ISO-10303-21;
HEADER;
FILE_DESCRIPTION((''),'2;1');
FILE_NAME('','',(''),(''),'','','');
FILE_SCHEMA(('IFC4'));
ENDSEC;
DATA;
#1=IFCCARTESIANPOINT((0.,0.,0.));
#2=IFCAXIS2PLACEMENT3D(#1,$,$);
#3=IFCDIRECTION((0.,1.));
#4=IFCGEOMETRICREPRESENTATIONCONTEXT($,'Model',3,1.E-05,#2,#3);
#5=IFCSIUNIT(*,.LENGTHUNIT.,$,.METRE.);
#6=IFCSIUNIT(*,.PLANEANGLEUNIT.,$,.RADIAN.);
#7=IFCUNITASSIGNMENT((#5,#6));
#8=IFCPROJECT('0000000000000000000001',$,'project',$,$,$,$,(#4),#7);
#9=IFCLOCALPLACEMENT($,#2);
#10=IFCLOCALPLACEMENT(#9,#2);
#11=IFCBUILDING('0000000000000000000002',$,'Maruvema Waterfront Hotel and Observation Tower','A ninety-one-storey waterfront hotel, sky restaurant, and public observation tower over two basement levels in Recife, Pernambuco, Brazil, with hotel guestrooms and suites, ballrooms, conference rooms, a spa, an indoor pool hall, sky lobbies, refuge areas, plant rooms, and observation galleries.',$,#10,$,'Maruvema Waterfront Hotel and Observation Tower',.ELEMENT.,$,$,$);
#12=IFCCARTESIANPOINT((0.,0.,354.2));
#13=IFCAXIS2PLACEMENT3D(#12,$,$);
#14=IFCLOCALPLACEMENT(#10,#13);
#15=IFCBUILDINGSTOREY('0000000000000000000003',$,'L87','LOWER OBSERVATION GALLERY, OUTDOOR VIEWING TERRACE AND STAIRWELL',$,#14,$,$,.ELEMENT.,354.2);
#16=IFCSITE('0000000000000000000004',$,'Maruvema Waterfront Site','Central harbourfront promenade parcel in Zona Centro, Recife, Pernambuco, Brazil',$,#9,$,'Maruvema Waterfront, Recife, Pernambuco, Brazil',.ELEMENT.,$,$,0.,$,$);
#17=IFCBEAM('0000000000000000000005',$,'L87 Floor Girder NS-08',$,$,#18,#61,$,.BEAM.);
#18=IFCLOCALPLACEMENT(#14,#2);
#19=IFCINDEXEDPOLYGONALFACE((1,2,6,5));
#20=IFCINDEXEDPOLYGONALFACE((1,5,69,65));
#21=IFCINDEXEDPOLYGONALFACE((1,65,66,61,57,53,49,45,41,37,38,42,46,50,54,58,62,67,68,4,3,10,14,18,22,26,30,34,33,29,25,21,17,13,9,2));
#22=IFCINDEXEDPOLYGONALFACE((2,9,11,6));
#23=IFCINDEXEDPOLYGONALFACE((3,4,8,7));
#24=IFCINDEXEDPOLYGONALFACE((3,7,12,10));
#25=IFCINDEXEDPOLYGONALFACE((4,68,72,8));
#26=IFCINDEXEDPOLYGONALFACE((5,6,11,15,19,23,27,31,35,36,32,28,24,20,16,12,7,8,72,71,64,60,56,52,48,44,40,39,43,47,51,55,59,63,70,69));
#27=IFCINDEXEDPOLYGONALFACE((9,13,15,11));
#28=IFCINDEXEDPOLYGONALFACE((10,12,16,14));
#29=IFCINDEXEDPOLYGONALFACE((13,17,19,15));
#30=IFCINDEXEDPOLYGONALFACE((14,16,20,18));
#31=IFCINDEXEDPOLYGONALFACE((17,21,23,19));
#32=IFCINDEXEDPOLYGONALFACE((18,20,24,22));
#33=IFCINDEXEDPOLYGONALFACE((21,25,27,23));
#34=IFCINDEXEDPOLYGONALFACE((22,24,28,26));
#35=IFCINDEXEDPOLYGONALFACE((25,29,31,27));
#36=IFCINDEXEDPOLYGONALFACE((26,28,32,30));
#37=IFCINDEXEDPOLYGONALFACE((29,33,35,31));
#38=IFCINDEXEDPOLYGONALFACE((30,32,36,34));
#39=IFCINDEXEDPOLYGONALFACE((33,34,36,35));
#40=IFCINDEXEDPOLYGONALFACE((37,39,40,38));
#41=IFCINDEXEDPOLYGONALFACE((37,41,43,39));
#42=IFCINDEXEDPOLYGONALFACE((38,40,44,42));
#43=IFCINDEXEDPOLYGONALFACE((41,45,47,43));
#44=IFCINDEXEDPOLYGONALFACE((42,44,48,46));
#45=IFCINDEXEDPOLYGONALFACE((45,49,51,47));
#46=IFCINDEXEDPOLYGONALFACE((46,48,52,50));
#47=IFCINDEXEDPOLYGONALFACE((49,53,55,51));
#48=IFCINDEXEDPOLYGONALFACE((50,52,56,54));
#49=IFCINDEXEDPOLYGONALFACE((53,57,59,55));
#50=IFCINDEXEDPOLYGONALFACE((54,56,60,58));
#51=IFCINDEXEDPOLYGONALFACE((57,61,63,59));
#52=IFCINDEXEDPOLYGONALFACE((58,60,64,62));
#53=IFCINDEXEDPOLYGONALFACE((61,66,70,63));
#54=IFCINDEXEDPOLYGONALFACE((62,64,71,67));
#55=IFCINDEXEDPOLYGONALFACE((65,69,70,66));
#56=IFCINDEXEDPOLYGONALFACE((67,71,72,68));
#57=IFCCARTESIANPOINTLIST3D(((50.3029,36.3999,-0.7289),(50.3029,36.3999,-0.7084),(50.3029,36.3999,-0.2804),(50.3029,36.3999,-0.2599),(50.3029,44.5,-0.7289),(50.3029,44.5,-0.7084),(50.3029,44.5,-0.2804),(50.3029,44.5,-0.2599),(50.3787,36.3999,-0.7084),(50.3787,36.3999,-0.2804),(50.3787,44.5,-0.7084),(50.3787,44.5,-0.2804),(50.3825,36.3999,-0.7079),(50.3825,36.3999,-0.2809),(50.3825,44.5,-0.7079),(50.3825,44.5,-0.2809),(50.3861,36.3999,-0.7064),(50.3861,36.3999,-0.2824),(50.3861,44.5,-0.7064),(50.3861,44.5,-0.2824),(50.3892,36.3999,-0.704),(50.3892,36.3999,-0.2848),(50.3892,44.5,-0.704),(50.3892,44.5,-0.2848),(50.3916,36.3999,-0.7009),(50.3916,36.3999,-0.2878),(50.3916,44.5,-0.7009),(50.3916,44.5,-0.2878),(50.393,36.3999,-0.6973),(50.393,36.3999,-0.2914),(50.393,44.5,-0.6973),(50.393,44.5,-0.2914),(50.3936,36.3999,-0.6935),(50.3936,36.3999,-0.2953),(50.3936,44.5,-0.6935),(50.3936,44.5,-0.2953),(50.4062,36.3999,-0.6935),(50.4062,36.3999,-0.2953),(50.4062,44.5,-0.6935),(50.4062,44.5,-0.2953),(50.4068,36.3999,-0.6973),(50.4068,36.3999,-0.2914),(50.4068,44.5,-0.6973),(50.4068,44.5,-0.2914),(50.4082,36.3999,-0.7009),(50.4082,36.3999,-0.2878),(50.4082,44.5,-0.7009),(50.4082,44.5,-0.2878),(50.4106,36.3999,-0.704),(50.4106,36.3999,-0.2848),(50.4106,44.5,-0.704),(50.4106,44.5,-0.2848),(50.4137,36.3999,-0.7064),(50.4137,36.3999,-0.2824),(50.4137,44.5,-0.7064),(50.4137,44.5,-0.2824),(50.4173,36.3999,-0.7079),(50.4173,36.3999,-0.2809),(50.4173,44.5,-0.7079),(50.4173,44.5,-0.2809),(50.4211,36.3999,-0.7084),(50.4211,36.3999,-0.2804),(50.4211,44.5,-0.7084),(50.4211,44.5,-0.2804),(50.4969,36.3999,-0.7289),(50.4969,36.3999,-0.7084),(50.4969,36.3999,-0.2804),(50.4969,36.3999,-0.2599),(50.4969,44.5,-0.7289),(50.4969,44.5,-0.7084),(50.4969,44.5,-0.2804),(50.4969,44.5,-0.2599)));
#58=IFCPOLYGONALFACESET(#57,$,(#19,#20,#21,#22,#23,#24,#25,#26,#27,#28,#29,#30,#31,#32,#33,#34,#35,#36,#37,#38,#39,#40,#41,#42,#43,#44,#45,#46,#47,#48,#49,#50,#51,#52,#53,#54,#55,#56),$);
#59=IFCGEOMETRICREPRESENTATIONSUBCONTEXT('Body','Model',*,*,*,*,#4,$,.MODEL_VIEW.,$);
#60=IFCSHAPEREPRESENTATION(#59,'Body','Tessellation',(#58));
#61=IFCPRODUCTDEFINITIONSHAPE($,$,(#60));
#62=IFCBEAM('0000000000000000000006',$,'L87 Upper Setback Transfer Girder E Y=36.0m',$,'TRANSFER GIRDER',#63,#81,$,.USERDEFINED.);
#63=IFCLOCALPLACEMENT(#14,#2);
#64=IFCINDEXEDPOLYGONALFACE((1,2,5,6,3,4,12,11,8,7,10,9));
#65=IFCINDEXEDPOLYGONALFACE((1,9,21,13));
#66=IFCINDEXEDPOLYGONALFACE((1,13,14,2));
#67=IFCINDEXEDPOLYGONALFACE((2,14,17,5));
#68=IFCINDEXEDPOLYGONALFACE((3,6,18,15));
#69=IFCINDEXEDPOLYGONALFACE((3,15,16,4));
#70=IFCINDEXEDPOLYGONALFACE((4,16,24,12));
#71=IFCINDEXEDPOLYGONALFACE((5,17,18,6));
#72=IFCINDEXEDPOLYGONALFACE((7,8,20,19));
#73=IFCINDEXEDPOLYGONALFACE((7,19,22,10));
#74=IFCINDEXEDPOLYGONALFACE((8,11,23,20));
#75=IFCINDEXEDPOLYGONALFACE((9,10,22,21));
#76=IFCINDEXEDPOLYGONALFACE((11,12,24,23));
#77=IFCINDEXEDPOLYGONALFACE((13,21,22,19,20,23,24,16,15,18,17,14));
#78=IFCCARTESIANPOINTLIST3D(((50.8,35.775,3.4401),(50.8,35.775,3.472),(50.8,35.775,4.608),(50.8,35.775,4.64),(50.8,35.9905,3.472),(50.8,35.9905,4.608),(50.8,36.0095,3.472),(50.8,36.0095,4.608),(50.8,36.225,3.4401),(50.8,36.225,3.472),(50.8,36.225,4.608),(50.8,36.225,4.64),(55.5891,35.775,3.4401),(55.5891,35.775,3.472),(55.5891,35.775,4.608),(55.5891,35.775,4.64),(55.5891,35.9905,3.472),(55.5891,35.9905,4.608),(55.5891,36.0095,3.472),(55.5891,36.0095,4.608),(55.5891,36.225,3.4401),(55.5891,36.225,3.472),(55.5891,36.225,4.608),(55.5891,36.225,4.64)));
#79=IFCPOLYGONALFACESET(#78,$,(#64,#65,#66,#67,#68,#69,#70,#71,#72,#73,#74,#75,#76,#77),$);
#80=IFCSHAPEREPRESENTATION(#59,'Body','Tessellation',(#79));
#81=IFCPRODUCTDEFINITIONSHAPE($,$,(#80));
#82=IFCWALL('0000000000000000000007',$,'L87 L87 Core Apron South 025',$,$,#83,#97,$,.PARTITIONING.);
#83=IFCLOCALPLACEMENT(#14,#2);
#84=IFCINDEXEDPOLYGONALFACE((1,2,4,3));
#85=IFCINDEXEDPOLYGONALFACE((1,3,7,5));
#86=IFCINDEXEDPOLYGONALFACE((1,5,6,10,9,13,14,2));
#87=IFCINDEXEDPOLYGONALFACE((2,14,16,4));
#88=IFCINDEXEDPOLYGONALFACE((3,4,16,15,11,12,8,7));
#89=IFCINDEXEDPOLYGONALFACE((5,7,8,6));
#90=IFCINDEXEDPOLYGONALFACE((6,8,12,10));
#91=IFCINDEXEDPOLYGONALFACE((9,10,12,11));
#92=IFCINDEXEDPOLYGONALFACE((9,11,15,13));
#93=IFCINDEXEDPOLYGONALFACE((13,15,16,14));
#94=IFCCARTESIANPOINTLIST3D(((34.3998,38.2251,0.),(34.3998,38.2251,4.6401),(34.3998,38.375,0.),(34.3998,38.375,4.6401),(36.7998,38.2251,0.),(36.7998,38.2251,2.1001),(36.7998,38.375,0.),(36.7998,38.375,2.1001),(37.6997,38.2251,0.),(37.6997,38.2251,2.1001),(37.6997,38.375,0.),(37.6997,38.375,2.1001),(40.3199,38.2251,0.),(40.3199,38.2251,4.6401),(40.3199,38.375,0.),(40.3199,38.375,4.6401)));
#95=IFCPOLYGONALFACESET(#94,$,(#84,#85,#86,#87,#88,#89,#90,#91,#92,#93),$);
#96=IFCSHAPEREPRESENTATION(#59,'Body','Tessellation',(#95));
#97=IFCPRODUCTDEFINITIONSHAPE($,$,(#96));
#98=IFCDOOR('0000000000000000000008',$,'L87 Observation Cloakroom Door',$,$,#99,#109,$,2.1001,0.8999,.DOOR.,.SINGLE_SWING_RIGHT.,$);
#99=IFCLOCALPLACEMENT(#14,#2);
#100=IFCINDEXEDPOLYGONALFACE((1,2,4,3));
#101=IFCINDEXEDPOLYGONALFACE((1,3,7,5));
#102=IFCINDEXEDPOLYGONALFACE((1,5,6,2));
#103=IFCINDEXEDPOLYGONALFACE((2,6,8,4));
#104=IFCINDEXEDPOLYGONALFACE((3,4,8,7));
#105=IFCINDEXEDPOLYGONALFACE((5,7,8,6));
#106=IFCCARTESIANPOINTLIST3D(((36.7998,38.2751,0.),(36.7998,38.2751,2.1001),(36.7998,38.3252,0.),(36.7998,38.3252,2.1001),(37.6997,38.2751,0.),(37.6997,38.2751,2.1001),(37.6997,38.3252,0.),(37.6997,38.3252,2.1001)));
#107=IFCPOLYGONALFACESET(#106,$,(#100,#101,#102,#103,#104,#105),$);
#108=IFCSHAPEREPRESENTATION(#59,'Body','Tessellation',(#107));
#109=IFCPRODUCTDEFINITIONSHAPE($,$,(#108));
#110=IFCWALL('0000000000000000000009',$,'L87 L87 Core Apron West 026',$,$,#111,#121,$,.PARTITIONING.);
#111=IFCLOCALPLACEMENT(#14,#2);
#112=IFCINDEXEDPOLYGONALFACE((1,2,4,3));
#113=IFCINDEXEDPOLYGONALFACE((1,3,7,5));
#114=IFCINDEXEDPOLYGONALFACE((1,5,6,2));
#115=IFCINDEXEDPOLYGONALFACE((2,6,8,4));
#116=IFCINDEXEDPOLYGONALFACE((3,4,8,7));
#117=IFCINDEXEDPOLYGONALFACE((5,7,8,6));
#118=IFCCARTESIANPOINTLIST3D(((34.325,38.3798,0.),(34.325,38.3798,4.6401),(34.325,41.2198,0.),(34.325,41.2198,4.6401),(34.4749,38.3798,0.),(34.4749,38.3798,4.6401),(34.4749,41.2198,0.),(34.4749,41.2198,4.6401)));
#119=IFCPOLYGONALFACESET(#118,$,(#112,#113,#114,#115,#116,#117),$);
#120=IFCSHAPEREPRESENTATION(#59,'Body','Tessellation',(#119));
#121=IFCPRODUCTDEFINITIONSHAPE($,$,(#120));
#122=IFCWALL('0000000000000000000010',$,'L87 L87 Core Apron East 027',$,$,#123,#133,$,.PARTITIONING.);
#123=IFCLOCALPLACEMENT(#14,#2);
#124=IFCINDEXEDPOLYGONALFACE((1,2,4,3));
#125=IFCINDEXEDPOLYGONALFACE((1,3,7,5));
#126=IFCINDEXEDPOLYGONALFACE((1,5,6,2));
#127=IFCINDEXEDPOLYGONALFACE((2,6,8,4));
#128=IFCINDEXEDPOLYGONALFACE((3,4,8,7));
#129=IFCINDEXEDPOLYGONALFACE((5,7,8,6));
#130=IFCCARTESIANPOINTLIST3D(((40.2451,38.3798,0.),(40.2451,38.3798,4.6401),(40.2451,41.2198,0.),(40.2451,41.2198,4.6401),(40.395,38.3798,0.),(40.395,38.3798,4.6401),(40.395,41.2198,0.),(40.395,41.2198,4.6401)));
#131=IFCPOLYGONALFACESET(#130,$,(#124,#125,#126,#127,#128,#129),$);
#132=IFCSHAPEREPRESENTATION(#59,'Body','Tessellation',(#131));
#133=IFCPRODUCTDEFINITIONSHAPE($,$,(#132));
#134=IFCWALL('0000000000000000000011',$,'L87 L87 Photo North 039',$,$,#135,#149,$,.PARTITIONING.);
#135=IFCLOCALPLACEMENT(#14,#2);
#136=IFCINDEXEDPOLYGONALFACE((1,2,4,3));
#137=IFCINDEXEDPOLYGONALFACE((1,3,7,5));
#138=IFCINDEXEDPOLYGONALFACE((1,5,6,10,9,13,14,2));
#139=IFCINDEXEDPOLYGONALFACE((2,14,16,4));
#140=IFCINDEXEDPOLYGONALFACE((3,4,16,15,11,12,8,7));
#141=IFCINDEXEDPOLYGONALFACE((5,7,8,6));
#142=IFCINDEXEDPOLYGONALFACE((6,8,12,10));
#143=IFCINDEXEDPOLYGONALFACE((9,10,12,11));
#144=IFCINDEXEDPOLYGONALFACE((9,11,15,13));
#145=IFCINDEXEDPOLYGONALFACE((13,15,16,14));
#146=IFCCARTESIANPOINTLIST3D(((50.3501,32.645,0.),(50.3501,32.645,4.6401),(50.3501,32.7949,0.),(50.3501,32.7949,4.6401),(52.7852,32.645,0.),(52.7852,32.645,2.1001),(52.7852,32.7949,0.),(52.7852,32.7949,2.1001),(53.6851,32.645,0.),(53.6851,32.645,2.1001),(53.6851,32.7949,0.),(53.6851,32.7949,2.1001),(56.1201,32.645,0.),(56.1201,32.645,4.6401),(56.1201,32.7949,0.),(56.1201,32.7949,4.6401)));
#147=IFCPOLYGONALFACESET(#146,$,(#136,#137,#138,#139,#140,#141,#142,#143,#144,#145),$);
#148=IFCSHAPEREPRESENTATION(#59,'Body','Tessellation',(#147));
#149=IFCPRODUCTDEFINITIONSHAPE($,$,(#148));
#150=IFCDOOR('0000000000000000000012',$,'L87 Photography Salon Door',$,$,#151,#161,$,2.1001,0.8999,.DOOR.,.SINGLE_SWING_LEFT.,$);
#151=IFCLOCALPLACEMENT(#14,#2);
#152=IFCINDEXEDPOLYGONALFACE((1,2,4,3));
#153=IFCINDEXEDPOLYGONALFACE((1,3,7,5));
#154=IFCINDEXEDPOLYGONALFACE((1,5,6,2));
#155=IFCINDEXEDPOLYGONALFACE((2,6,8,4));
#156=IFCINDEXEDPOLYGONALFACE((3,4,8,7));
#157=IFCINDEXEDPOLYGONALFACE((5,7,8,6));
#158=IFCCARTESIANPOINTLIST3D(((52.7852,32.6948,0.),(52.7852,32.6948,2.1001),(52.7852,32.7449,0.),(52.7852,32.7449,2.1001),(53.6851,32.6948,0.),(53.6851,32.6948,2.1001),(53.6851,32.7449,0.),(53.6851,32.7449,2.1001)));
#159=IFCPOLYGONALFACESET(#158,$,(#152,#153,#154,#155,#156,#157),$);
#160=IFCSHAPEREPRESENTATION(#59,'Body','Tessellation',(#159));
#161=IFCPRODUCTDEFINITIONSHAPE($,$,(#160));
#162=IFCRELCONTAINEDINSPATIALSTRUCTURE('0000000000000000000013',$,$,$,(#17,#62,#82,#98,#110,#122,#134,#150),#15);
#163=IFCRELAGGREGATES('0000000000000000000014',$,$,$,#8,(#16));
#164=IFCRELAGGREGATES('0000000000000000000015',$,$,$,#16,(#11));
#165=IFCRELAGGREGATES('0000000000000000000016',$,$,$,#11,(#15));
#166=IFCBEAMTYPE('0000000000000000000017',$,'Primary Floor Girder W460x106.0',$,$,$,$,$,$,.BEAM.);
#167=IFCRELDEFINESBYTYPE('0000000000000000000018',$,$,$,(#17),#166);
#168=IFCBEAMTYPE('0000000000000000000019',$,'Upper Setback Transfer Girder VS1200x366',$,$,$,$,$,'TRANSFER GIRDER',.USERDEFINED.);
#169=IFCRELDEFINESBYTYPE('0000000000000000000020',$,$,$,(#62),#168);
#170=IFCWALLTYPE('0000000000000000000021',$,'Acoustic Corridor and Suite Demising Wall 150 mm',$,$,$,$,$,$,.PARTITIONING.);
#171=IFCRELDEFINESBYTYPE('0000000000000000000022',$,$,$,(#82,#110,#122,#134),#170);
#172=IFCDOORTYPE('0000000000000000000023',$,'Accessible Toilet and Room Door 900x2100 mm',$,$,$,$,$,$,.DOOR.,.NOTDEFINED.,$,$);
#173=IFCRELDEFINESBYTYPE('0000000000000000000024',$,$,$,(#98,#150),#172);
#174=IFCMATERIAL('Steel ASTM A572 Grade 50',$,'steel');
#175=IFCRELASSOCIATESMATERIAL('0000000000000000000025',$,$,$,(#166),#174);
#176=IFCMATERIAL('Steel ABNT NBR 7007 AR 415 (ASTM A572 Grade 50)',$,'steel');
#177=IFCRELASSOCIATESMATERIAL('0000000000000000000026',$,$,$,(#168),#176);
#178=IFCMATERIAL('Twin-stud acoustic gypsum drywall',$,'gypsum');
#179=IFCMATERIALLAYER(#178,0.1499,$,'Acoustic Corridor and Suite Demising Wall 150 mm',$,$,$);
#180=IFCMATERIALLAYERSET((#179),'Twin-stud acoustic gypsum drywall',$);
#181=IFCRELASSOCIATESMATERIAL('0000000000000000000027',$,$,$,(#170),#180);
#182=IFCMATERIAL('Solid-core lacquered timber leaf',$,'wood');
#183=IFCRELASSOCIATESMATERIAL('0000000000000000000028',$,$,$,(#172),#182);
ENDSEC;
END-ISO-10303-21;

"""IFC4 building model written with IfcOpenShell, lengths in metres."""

from ifc_helpers import new_model, si_unit, direction, frame, frame_2d, origin, origin_2d, place, context, subcontext, project, spatial, rectangle, i_section, extrude, material, layer, layer_set, material_profile, profile_set, type_object, element, fill, save


model = new_model("IFC4")

# Units and contexts
model_context = context("Model", 3, precision=1e-05, world=origin(), true_north=direction((0.0, 1.0)))
body_context = subcontext(model_context, "Body", "Model", "MODEL_VIEW")
ifc_project = project(units=[si_unit("LENGTHUNIT", "METRE"), si_unit("PLANEANGLEUNIT", "RADIAN")], contexts=[model_context])

# Site, building, storey
site_placement = place(None, origin())
site = spatial("IfcSite", under=ifc_project, at=site_placement, Name="Maruvema Waterfront Site", Description="Central harbourfront promenade parcel in Zona Centro, Recife, Pernambuco, Brazil", LongName="Maruvema Waterfront, Recife, Pernambuco, Brazil", CompositionType="ELEMENT", RefElevation=0.0)
building_placement = place(site_placement, origin())
building = spatial("IfcBuilding", under=site, at=building_placement, Name="Maruvema Waterfront Hotel and Observation Tower", Description="A ninety-one-storey waterfront hotel, sky restaurant, and public observation tower over two basement levels in Recife, Pernambuco, Brazil, with hotel guestrooms and suites, ballrooms, conference rooms, a spa, an indoor pool hall, sky lobbies, refuge areas, plant rooms, and observation galleries.", LongName="Maruvema Waterfront Hotel and Observation Tower", CompositionType="ELEMENT")
storey_placement = place(building_placement, frame((0.0, 0.0, 354.2)))
storey = spatial("IfcBuildingStorey", under=building, at=storey_placement, Name="L87", Description="LOWER OBSERVATION GALLERY, OUTDOOR VIEWING TERRACE AND STAIRWELL", CompositionType="ELEMENT", Elevation=354.2)

# Beams
ifc_material_1 = material(Name="Steel ASTM A572 Grade 50", Category="steel")
ifc_material_profile_1 = material_profile(ifc_material_1, i_section(OverallWidth=0.1941, OverallDepth=0.469, WebThickness=0.0127, FlangeThickness=0.0205, FilletRadius=0.0149, at=origin_2d()), Name="W460x106.0")
ifc_profile_set_1 = profile_set([ifc_material_profile_1], Name="Steel ASTM A572 Grade 50")
beam_type_1 = type_object("IfcBeamType", Name="Primary Floor Girder W460x106.0", PredefinedType="BEAM", material=ifc_profile_set_1)
for number, where, z_axis, x_axis, name in (
    (1, (50.3999, 36.3999, -0.4944), (0.0, 1.0, 0.0), (-1.0, 0.0, 0.0), "L87 Floor Girder NS-08"),
):
    element("IfcBeam", number, at=place(storey_placement, frame(where, z_axis=z_axis, x_axis=x_axis)), inside=storey, type_object=beam_type_1, Name=name, PredefinedType="BEAM", context=body_context, shape_type="SweptSolid", body=[
        extrude(i_section(OverallWidth=0.1941, OverallDepth=0.469, WebThickness=0.0127, FlangeThickness=0.0205, FilletRadius=0.0149, at=origin_2d()), origin(), (0.0, 0.0, 1.0), 8.1001),
    ])
ifc_material_2 = material(Name="Steel ABNT NBR 7007 AR 415 (ASTM A572 Grade 50)", Category="steel")
ifc_material_profile_2 = material_profile(ifc_material_2, i_section(OverallWidth=0.45, OverallDepth=1.2, WebThickness=0.019, FlangeThickness=0.032, at=origin_2d()), Name="VS1200x366")
ifc_profile_set_2 = profile_set([ifc_material_profile_2], Name="Steel ABNT NBR 7007 AR 415 (ASTM A572 Grade 50)")
beam_type_2 = type_object("IfcBeamType", Name="Upper Setback Transfer Girder VS1200x366", ElementType="TRANSFER GIRDER", PredefinedType="USERDEFINED", material=ifc_profile_set_2)
beam_placement = place(storey_placement, frame((50.8, 36.0, 4.04), z_axis=(1.0, 0.0, 0.0), x_axis=(0.0, 1.0, 0.0)))
element("IfcBeam", 2, at=beam_placement, inside=storey, type_object=beam_type_2, Name="L87 Upper Setback Transfer Girder E Y=36.0m", ObjectType="TRANSFER GIRDER", PredefinedType="USERDEFINED", context=body_context, shape_type="SweptSolid", body=[
    extrude(i_section(OverallWidth=0.45, OverallDepth=1.2, WebThickness=0.019, FlangeThickness=0.032, at=origin_2d()), origin(), (0.0, 0.0, 1.0), 4.7891),
])

# Wall, opening, door
ifc_material_3 = material(Name="Twin-stud acoustic gypsum drywall", Category="gypsum")
ifc_layer_1 = layer(ifc_material_3, 0.1499, Name="Acoustic Corridor and Suite Demising Wall 150 mm")
ifc_layer_set_1 = layer_set([ifc_layer_1], Name="Twin-stud acoustic gypsum drywall")
wall_type_1 = type_object("IfcWallType", Name="Acoustic Corridor and Suite Demising Wall 150 mm", PredefinedType="PARTITIONING", material=ifc_layer_set_1)
wall_1_placement = place(storey_placement, frame((34.3999, 38.3, 0.0), z_axis=(0.0, 0.0, 1.0), x_axis=(1.0, 0.0, 0.0)))
wall_1 = element("IfcWall", 3, at=wall_1_placement, inside=storey, type_object=wall_type_1, Name="L87 L87 Core Apron South 025", PredefinedType="PARTITIONING", context=body_context, shape_type="SweptSolid", body=[
    extrude(rectangle(XDim=5.9202, YDim=0.1499, at=frame_2d((2.96, 0.0))), origin(), (0.0, 0.0, 1.0), 4.6401),
])
opening_1_placement = place(wall_1_placement, frame((2.3999, 0.0, 0.0)))
opening_1 = element("IfcOpeningElement", 4, at=opening_1_placement, cuts=wall_1, PredefinedType="OPENING", context=body_context, shape_type="SweptSolid", body=[
    extrude(rectangle(XDim=0.8999, YDim=2.1001, at=frame_2d((0.45, 1.05))), frame((0.0, 0.085, 0.0), z_axis=(0.0, -1.0, 0.0), x_axis=(1.0, 0.0, 0.0)), (0.0, 0.0, 1.0), 0.1699),
])
ifc_material_4 = material(Name="Solid-core lacquered timber leaf", Category="wood")
door_type_1 = type_object("IfcDoorType", Name="Accessible Toilet and Room Door 900x2100 mm", OperationType="NOTDEFINED", PredefinedType="DOOR", material=ifc_material_4)
door_1_placement = place(opening_1_placement, frame((0.8999, 0.0, 0.0), z_axis=(0.0, 0.0, 1.0), x_axis=(-1.0, 0.0, 0.0)))
door_1 = element("IfcDoor", 5, at=door_1_placement, inside=storey, type_object=door_type_1, Name="L87 Observation Cloakroom Door", OperationType="SINGLE_SWING_RIGHT", OverallHeight=2.1001, OverallWidth=0.8999, PredefinedType="DOOR", context=body_context, shape_type="SweptSolid", body=[
    extrude(rectangle(XDim=0.8999, YDim=2.1001, at=frame_2d((0.45, 1.05))), frame((0.0, 0.0249, 0.0), z_axis=(0.0, -1.0, 0.0), x_axis=(1.0, 0.0, 0.0)), (0.0, 0.0, 1.0), 0.05),
])
fill(opening_1, door_1)

# Walls
for number, where, z_axis, x_axis, name in (
    (6, (34.3999, 38.3799, 0.0), (0.0, 0.0, 1.0), (0.0, 1.0, 0.0), "L87 L87 Core Apron West 026"),
    (7, (40.3201, 38.3799, 0.0), (0.0, 0.0, 1.0), (0.0, 1.0, 0.0), "L87 L87 Core Apron East 027"),
):
    element("IfcWall", number, at=place(storey_placement, frame(where, z_axis=z_axis, x_axis=x_axis)), inside=storey, type_object=wall_type_1, Name=name, PredefinedType="PARTITIONING", context=body_context, shape_type="SweptSolid", body=[
        extrude(rectangle(XDim=2.8401, YDim=0.1499, at=frame_2d((1.4199, 0.0))), origin(), (0.0, 0.0, 1.0), 4.6401),
    ])

# Wall, opening, door
wall_2_placement = place(storey_placement, frame((50.3501, 32.72, 0.0), z_axis=(0.0, 0.0, 1.0), x_axis=(1.0, 0.0, 0.0)))
wall_2 = element("IfcWall", 8, at=wall_2_placement, inside=storey, type_object=wall_type_1, Name="L87 L87 Photo North 039", PredefinedType="PARTITIONING", context=body_context, shape_type="SweptSolid", body=[
    extrude(rectangle(XDim=5.77, YDim=0.1499, at=frame_2d((2.885, 0.0))), origin(), (0.0, 0.0, 1.0), 4.6401),
])
opening_2_placement = place(wall_2_placement, frame((2.4351, 0.0, 0.0)))
opening_2 = element("IfcOpeningElement", 9, at=opening_2_placement, cuts=wall_2, PredefinedType="OPENING", context=body_context, shape_type="SweptSolid", body=[
    extrude(rectangle(XDim=0.8999, YDim=2.1001, at=frame_2d((0.45, 1.05))), frame((0.0, 0.085, 0.0), z_axis=(0.0, -1.0, 0.0), x_axis=(1.0, 0.0, 0.0)), (0.0, 0.0, 1.0), 0.1699),
])
door_2_placement = place(opening_2_placement, origin())
door_2 = element("IfcDoor", 10, at=door_2_placement, inside=storey, type_object=door_type_1, Name="L87 Photography Salon Door", OperationType="SINGLE_SWING_LEFT", OverallHeight=2.1001, OverallWidth=0.8999, PredefinedType="DOOR", context=body_context, shape_type="SweptSolid", body=[
    extrude(rectangle(XDim=0.8999, YDim=2.1001, at=frame_2d((0.45, 1.05))), frame((0.0, 0.0249, 0.0), z_axis=(0.0, -1.0, 0.0), x_axis=(1.0, 0.0, 0.0)), (0.0, 0.0, 1.0), 0.05),
])
fill(opening_2, door_2)

save(model, "model.ifc")
